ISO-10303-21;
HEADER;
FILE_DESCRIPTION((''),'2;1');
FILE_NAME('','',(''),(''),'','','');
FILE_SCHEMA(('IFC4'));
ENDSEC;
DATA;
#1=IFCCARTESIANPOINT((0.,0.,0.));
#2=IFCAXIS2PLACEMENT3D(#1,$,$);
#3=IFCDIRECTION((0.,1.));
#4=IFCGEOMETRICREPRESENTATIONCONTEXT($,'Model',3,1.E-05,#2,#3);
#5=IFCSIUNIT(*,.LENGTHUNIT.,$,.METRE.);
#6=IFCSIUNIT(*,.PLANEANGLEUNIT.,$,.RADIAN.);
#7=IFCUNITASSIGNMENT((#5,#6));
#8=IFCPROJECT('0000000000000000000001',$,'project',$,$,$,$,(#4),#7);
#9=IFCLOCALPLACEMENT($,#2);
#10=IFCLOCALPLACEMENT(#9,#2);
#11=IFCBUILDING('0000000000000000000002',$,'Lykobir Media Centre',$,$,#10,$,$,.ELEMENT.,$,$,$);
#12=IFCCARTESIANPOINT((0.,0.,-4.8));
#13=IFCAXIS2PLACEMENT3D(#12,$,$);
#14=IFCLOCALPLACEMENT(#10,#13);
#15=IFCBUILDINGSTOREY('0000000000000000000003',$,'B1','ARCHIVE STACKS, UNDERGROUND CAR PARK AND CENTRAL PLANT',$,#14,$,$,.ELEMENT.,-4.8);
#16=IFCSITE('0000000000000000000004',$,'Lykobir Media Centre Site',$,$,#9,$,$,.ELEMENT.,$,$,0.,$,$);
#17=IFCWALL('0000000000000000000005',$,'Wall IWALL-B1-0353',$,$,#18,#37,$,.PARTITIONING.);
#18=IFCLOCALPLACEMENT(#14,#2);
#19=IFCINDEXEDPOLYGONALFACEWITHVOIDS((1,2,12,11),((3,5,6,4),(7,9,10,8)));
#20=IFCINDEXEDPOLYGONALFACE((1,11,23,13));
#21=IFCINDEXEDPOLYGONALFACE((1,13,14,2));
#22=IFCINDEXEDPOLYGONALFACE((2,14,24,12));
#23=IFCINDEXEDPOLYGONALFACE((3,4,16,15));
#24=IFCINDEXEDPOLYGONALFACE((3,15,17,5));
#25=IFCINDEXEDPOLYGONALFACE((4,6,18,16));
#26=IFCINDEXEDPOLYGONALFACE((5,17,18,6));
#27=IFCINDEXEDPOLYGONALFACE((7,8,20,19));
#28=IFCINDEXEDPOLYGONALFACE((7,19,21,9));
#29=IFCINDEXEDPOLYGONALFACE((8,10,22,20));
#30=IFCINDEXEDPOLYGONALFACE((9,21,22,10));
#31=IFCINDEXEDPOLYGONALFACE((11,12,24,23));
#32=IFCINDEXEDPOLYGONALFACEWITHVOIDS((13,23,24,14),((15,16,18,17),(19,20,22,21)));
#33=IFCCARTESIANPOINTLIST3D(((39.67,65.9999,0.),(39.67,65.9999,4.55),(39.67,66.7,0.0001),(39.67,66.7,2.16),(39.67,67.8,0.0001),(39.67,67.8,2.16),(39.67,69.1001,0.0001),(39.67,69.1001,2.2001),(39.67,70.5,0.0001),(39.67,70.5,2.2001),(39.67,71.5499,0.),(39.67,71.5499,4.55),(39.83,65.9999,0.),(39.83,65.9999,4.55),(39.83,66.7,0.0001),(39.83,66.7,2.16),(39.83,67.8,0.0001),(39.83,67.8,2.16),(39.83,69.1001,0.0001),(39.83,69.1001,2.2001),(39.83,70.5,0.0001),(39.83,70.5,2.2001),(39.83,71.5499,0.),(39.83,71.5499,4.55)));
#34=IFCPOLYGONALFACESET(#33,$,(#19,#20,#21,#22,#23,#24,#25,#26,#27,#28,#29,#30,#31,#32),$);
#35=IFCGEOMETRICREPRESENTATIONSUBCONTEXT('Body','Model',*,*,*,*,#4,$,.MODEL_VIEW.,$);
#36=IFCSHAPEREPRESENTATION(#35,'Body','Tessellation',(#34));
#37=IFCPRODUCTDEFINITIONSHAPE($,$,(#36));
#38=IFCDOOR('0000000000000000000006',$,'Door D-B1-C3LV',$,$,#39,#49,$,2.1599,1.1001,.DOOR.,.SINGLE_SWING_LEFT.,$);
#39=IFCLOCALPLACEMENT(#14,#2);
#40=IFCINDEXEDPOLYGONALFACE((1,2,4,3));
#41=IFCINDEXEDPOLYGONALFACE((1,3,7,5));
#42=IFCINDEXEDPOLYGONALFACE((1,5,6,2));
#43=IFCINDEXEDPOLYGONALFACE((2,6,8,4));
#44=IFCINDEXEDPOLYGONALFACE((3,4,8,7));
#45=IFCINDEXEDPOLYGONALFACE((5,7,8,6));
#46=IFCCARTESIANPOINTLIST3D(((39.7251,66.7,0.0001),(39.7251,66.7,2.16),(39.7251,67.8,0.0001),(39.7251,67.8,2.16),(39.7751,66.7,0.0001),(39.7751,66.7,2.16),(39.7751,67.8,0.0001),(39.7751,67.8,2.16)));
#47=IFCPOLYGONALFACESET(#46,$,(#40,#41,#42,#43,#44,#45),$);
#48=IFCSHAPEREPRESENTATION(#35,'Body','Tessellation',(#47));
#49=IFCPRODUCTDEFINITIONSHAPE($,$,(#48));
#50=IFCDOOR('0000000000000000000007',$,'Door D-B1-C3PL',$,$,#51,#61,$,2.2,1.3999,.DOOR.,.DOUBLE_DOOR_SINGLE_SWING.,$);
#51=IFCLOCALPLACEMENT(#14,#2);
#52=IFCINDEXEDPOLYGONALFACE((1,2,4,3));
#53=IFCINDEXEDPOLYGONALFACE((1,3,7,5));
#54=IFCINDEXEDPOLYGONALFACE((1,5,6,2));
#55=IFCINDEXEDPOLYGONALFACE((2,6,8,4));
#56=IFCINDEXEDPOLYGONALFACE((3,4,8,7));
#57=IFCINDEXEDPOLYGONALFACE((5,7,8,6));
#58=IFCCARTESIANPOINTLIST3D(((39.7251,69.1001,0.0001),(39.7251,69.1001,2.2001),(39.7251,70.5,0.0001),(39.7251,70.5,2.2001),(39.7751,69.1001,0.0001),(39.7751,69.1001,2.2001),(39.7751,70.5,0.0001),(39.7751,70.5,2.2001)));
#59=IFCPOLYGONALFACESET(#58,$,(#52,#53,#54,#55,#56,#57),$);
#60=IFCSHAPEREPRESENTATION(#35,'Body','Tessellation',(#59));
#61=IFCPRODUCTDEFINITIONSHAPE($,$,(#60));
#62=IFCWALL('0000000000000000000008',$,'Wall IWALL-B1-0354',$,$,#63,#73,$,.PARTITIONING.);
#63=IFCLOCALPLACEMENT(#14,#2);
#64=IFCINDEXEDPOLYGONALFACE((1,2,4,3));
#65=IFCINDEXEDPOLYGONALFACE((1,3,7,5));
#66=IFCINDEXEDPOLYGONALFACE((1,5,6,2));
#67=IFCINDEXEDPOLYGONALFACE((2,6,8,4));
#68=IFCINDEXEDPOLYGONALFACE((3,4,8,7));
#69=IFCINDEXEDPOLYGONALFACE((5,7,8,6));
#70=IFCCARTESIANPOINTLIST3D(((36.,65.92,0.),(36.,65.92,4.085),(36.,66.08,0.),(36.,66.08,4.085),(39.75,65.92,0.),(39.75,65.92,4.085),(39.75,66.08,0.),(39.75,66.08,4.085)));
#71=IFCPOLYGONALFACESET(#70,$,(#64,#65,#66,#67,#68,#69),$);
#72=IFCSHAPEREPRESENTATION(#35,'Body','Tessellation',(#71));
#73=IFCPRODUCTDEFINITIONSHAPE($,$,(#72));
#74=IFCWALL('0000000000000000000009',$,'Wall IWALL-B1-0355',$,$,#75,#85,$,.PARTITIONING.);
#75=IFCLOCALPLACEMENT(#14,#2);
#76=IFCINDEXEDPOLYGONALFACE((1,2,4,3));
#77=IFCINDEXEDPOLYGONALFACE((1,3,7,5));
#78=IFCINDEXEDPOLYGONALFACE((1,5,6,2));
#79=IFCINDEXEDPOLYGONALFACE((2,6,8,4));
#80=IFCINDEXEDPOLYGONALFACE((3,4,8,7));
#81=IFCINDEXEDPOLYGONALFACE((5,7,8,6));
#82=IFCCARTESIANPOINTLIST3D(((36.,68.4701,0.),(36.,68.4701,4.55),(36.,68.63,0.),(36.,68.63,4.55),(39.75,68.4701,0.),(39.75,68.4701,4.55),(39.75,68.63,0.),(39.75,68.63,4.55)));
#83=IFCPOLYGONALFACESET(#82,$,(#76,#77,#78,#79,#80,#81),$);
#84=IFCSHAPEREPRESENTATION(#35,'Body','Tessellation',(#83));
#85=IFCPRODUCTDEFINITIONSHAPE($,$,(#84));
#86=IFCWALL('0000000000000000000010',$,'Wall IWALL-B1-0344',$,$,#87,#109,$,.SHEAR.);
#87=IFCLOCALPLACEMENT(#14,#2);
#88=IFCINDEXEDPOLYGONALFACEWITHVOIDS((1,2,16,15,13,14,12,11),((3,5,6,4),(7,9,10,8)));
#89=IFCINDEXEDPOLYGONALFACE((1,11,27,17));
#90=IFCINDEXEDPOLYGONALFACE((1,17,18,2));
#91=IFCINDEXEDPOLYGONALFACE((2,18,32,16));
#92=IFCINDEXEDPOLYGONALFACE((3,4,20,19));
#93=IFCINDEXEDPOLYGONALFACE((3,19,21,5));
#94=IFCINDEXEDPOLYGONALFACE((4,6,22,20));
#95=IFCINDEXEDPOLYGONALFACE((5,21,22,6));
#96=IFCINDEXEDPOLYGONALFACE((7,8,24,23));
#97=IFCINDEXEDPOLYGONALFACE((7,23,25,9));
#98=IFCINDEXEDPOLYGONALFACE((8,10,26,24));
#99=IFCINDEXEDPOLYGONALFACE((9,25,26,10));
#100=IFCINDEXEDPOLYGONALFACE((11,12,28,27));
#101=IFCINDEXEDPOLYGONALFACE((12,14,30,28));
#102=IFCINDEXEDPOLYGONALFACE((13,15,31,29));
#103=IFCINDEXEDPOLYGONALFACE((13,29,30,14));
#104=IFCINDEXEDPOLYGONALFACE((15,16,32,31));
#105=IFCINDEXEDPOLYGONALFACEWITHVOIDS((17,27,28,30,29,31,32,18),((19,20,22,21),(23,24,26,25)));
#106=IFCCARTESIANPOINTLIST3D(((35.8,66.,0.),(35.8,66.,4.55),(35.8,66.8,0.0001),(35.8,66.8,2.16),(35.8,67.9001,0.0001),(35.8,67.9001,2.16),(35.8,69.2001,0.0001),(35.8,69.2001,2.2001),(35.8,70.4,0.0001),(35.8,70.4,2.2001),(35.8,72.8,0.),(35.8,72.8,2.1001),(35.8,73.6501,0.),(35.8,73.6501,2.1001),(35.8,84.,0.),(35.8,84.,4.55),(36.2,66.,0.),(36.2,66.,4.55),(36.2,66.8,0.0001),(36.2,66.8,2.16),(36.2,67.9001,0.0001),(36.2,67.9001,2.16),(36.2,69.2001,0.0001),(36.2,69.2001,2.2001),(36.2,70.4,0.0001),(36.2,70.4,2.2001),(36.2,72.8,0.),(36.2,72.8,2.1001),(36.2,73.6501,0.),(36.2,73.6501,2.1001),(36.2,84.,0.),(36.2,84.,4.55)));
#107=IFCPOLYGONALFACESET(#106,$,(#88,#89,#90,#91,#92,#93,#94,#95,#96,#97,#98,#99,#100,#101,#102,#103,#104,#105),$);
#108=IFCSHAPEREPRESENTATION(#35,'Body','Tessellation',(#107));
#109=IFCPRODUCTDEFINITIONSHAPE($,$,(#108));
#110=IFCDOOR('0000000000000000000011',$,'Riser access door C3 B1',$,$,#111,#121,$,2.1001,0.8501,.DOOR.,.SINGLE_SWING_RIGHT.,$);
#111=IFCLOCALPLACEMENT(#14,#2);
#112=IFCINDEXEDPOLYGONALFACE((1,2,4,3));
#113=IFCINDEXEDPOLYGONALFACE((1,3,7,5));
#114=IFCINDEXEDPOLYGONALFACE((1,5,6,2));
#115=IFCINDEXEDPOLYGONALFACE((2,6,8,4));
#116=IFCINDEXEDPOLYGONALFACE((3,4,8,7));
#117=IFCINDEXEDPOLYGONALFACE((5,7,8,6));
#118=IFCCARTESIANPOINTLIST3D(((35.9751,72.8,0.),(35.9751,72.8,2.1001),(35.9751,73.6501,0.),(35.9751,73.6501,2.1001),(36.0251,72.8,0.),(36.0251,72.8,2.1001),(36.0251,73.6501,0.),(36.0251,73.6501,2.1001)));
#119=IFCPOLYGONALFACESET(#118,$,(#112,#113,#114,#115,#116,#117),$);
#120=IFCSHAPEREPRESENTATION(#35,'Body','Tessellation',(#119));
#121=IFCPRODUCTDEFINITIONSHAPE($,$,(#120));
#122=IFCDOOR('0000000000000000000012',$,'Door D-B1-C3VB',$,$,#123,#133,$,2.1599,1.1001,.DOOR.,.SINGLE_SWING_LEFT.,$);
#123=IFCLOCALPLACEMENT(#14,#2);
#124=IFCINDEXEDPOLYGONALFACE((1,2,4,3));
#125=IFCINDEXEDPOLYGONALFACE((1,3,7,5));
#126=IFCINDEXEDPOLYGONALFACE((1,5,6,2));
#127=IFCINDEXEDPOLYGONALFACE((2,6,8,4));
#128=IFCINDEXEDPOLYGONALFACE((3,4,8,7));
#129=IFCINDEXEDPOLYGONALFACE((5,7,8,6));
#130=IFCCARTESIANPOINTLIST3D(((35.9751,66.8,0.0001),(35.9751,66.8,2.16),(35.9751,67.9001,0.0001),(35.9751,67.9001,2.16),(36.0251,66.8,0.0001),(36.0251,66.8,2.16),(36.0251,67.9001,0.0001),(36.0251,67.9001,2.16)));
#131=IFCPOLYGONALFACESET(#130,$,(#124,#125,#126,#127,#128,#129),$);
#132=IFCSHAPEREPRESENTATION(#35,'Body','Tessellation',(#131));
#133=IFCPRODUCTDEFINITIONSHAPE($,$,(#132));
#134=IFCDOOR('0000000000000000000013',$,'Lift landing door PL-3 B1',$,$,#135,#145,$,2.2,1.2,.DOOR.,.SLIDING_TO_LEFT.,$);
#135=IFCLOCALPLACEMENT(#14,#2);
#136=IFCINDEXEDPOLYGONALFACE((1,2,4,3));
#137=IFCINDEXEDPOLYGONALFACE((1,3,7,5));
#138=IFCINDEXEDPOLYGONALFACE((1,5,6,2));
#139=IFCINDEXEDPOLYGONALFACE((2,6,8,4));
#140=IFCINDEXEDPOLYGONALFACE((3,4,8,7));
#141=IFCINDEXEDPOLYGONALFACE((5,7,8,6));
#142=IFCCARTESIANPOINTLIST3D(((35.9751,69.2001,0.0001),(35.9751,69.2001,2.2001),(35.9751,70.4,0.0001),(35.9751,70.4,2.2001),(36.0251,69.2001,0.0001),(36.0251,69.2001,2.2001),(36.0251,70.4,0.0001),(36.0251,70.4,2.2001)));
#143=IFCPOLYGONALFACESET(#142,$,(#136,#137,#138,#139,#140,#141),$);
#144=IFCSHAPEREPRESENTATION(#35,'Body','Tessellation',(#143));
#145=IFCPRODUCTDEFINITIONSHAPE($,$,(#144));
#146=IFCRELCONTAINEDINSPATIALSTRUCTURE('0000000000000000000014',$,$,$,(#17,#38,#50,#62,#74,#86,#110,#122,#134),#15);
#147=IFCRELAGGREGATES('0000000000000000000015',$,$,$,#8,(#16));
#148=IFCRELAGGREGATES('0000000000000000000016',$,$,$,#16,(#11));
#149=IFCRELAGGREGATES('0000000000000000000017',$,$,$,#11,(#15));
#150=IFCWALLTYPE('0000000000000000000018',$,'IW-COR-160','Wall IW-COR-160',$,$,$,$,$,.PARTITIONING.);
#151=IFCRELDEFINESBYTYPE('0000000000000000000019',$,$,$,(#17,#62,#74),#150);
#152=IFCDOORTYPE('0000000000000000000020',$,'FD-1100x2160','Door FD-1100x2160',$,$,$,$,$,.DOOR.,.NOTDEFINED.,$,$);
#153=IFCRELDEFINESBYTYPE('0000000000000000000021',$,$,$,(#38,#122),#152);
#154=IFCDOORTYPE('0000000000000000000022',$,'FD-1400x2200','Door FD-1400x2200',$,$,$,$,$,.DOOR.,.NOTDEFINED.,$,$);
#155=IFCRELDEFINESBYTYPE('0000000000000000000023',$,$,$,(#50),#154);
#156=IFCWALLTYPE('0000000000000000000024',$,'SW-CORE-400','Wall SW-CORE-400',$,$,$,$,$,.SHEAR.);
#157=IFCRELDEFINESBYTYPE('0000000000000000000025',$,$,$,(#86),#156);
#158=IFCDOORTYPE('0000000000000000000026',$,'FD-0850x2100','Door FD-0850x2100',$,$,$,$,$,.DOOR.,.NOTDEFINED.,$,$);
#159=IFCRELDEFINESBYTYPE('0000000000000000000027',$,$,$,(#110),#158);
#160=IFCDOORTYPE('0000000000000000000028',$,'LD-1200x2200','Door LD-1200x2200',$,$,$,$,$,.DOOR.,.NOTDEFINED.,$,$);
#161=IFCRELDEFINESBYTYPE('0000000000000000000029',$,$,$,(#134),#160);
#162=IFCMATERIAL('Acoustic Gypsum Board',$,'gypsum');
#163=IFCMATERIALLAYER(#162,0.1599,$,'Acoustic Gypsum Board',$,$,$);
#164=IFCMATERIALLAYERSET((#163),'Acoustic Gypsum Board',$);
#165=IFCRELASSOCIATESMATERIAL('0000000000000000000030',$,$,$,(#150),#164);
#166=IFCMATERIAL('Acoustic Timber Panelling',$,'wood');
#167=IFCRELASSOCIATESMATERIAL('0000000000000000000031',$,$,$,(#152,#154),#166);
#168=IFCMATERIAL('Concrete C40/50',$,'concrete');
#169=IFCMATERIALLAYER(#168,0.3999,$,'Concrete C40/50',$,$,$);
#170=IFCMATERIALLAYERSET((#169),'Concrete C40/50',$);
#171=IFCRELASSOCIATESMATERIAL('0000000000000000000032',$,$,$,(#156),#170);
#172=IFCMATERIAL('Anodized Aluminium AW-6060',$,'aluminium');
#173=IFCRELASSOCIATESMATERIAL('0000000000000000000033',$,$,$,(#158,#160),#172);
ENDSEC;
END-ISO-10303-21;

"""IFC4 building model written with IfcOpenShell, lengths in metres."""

from ifc_helpers import new_model, si_unit, direction, frame, frame_2d, origin, place, context, subcontext, project, spatial, rectangle, extrude, material, layer, layer_set, type_object, element, fill, save


model = new_model("IFC4")

# Units and contexts
model_context = context("Model", 3, precision=1e-05, world=origin(), true_north=direction((0.0, 1.0)))
body_context = subcontext(model_context, "Body", "Model", "MODEL_VIEW")
ifc_project = project(units=[si_unit("LENGTHUNIT", "METRE"), si_unit("PLANEANGLEUNIT", "RADIAN")], contexts=[model_context])

# Site, building, storey
site_placement = place(None, origin())
site = spatial("IfcSite", under=ifc_project, at=site_placement, Name="Lykobir Media Centre Site", CompositionType="ELEMENT", RefElevation=0.0)
building_placement = place(site_placement, origin())
building = spatial("IfcBuilding", under=site, at=building_placement, Name="Lykobir Media Centre", CompositionType="ELEMENT")
storey_placement = place(building_placement, frame((0.0, 0.0, -4.8)))
storey = spatial("IfcBuildingStorey", under=building, at=storey_placement, Name="B1", Description="ARCHIVE STACKS, UNDERGROUND CAR PARK AND CENTRAL PLANT", CompositionType="ELEMENT", Elevation=-4.8)

# Shared definitions
ifc_material_1 = material(Name="Concrete C40/50", Category="concrete")

# Wall, openings, doors
ifc_material_2 = material(Name="Acoustic Gypsum Board", Category="gypsum")
ifc_layer_1 = layer(ifc_material_2, 0.1599, Name="Acoustic Gypsum Board")
ifc_layer_set_1 = layer_set([ifc_layer_1], Name="Acoustic Gypsum Board")
wall_type_1 = type_object("IfcWallType", Name="IW-COR-160", Description="Wall IW-COR-160", PredefinedType="PARTITIONING", material=ifc_layer_set_1)
wall_1_placement = place(storey_placement, frame((39.75, 66.0, 0.0), z_axis=(0.0, 0.0, 1.0), x_axis=(0.0, 1.0, 0.0)))
wall_1 = element("IfcWall", 1, at=wall_1_placement, inside=storey, type_object=wall_type_1, Name="Wall IWALL-B1-0353", PredefinedType="PARTITIONING", context=body_context, shape_type="SweptSolid", body=[
    extrude(rectangle(XDim=5.55, YDim=0.1599, at=frame_2d((2.7749, 0.0))), origin(), (0.0, 0.0, 1.0), 4.55),
])
opening_1_placement = place(wall_1_placement, frame((0.7, 0.0, 0.0)))
opening_1 = element("IfcOpeningElement", 2, at=opening_1_placement, cuts=wall_1, PredefinedType="OPENING", context=body_context, shape_type="SweptSolid", body=[
    extrude(rectangle(XDim=1.1001, YDim=2.1599, at=frame_2d((0.55, 1.0801))), frame((0.0, 0.0898, 0.0), z_axis=(0.0, -1.0, 0.0), x_axis=(1.0, 0.0, 0.0)), (0.0, 0.0, 1.0), 0.1799),
])
opening_2_placement = place(wall_1_placement, frame((3.1001, 0.0, 0.0)))
opening_2 = element("IfcOpeningElement", 3, at=opening_2_placement, cuts=wall_1, PredefinedType="OPENING", context=body_context, shape_type="SweptSolid", body=[
    extrude(rectangle(XDim=1.3999, YDim=2.2, at=frame_2d((0.7, 1.1001))), frame((0.0, 0.0898, 0.0), z_axis=(0.0, -1.0, 0.0), x_axis=(1.0, 0.0, 0.0)), (0.0, 0.0, 1.0), 0.1799),
])
ifc_material_3 = material(Name="Acoustic Timber Panelling", Category="wood")
door_type_1 = type_object("IfcDoorType", Name="FD-1100x2160", Description="Door FD-1100x2160", OperationType="NOTDEFINED", PredefinedType="DOOR", material=ifc_material_3)
door_1_placement = place(opening_1_placement, origin())
door_1 = element("IfcDoor", 4, at=door_1_placement, inside=storey, type_object=door_type_1, Name="Door D-B1-C3LV", OperationType="SINGLE_SWING_LEFT", OverallHeight=2.1599, OverallWidth=1.1001, PredefinedType="DOOR", context=body_context, shape_type="SweptSolid", body=[
    extrude(rectangle(XDim=1.1001, YDim=2.1599, at=frame_2d((0.55, 1.0801))), frame((0.0, 0.0249, 0.0), z_axis=(0.0, -1.0, 0.0), x_axis=(1.0, 0.0, 0.0)), (0.0, 0.0, 1.0), 0.05),
])
fill(opening_1, door_1)
door_type_2 = type_object("IfcDoorType", Name="FD-1400x2200", Description="Door FD-1400x2200", OperationType="NOTDEFINED", PredefinedType="DOOR", material=ifc_material_3)
door_2_placement = place(opening_2_placement, origin())
door_2 = element("IfcDoor", 5, at=door_2_placement, inside=storey, type_object=door_type_2, Name="Door D-B1-C3PL", OperationType="DOUBLE_DOOR_SINGLE_SWING", OverallHeight=2.2, OverallWidth=1.3999, PredefinedType="DOOR", context=body_context, shape_type="SweptSolid", body=[
    extrude(rectangle(XDim=1.3999, YDim=2.2, at=frame_2d((0.7, 1.1001))), frame((0.0, 0.0249, 0.0), z_axis=(0.0, -1.0, 0.0), x_axis=(1.0, 0.0, 0.0)), (0.0, 0.0, 1.0), 0.05),
])
fill(opening_2, door_2)

# Walls
wall_2_placement = place(storey_placement, frame((36.0, 66.0, 0.0), z_axis=(0.0, 0.0, 1.0), x_axis=(1.0, 0.0, 0.0)))
element("IfcWall", 6, at=wall_2_placement, inside=storey, type_object=wall_type_1, Name="Wall IWALL-B1-0354", PredefinedType="PARTITIONING", context=body_context, shape_type="SweptSolid", body=[
    extrude(rectangle(XDim=3.75, YDim=0.1599, at=frame_2d((1.875, 0.0))), origin(), (0.0, 0.0, 1.0), 4.085),
])
wall_3_placement = place(storey_placement, frame((36.0, 68.55, 0.0), z_axis=(0.0, 0.0, 1.0), x_axis=(1.0, 0.0, 0.0)))
element("IfcWall", 7, at=wall_3_placement, inside=storey, type_object=wall_type_1, Name="Wall IWALL-B1-0355", PredefinedType="PARTITIONING", context=body_context, shape_type="SweptSolid", body=[
    extrude(rectangle(XDim=3.75, YDim=0.1599, at=frame_2d((1.875, 0.0))), origin(), (0.0, 0.0, 1.0), 4.55),
])

# Wall, openings, doors
ifc_layer_2 = layer(ifc_material_1, 0.3999, Name="Concrete C40/50")
ifc_layer_set_2 = layer_set([ifc_layer_2], Name="Concrete C40/50")
wall_type_2 = type_object("IfcWallType", Name="SW-CORE-400", Description="Wall SW-CORE-400", PredefinedType="SHEAR", material=ifc_layer_set_2)
wall_4_placement = place(storey_placement, frame((36.0, 66.0, 0.0), z_axis=(0.0, 0.0, 1.0), x_axis=(0.0, 1.0, 0.0)))
wall_4 = element("IfcWall", 8, at=wall_4_placement, inside=storey, type_object=wall_type_2, Name="Wall IWALL-B1-0344", PredefinedType="SHEAR", context=body_context, shape_type="SweptSolid", body=[
    extrude(rectangle(XDim=18.0, YDim=0.3999, at=frame_2d((9.0, 0.0))), origin(), (0.0, 0.0, 1.0), 4.55),
])
opening_3_placement = place(wall_4_placement, frame((0.8, 0.0, 0.0)))
opening_3 = element("IfcOpeningElement", 9, at=opening_3_placement, cuts=wall_4, PredefinedType="OPENING", context=body_context, shape_type="SweptSolid", body=[
    extrude(rectangle(XDim=1.1001, YDim=2.1599, at=frame_2d((0.55, 1.0801))), frame((0.0, 0.21, 0.0), z_axis=(0.0, -1.0, 0.0), x_axis=(1.0, 0.0, 0.0)), (0.0, 0.0, 1.0), 0.4199),
])
opening_4_placement = place(wall_4_placement, frame((3.2, 0.0, 0.0)))
opening_4 = element("IfcOpeningElement", 10, at=opening_4_placement, cuts=wall_4, PredefinedType="OPENING", context=body_context, shape_type="SweptSolid", body=[
    extrude(rectangle(XDim=1.2, YDim=2.2, at=frame_2d((0.6001, 1.1001))), frame((0.0, 0.21, 0.0), z_axis=(0.0, -1.0, 0.0), x_axis=(1.0, 0.0, 0.0)), (0.0, 0.0, 1.0), 0.4199),
])
opening_5_placement = place(wall_4_placement, frame((6.8, 0.0, 0.0)))
opening_5 = element("IfcOpeningElement", 11, at=opening_5_placement, cuts=wall_4, PredefinedType="OPENING", context=body_context, shape_type="SweptSolid", body=[
    extrude(rectangle(XDim=0.8501, YDim=2.1001, at=frame_2d((0.425, 1.05))), frame((0.0, 0.21, 0.0), z_axis=(0.0, -1.0, 0.0), x_axis=(1.0, 0.0, 0.0)), (0.0, 0.0, 1.0), 0.4199),
])
ifc_material_4 = material(Name="Anodized Aluminium AW-6060", Category="aluminium")
door_type_3 = type_object("IfcDoorType", Name="FD-0850x2100", Description="Door FD-0850x2100", OperationType="NOTDEFINED", PredefinedType="DOOR", material=ifc_material_4)
door_3_placement = place(opening_5_placement, origin())
door_3 = element("IfcDoor", 12, at=door_3_placement, inside=storey, type_object=door_type_3, Name="Riser access door C3 B1", OperationType="SINGLE_SWING_RIGHT", OverallHeight=2.1001, OverallWidth=0.8501, PredefinedType="DOOR", context=body_context, shape_type="SweptSolid", body=[
    extrude(rectangle(XDim=0.8501, YDim=2.1001, at=frame_2d((0.425, 1.05))), frame((0.0, 0.0249, 0.0), z_axis=(0.0, -1.0, 0.0), x_axis=(1.0, 0.0, 0.0)), (0.0, 0.0, 1.0), 0.05),
])
fill(opening_5, door_3)
door_4_placement = place(opening_3_placement, origin())
door_4 = element("IfcDoor", 13, at=door_4_placement, inside=storey, type_object=door_type_1, Name="Door D-B1-C3VB", OperationType="SINGLE_SWING_LEFT", OverallHeight=2.1599, OverallWidth=1.1001, PredefinedType="DOOR", context=body_context, shape_type="SweptSolid", body=[
    extrude(rectangle(XDim=1.1001, YDim=2.1599, at=frame_2d((0.55, 1.0801))), frame((0.0, 0.0249, 0.0), z_axis=(0.0, -1.0, 0.0), x_axis=(1.0, 0.0, 0.0)), (0.0, 0.0, 1.0), 0.05),
])
fill(opening_3, door_4)
door_type_4 = type_object("IfcDoorType", Name="LD-1200x2200", Description="Door LD-1200x2200", OperationType="NOTDEFINED", PredefinedType="DOOR", material=ifc_material_4)
door_5_placement = place(opening_4_placement, origin())
door_5 = element("IfcDoor", 14, at=door_5_placement, inside=storey, type_object=door_type_4, Name="Lift landing door PL-3 B1", OperationType="SLIDING_TO_LEFT", OverallHeight=2.2, OverallWidth=1.2, PredefinedType="DOOR", context=body_context, shape_type="SweptSolid", body=[
    extrude(rectangle(XDim=1.2, YDim=2.2, at=frame_2d((0.6001, 1.1001))), frame((0.0, 0.0249, 0.0), z_axis=(0.0, -1.0, 0.0), x_axis=(1.0, 0.0, 0.0)), (0.0, 0.0, 1.0), 0.05),
])
fill(opening_4, door_5)

save(model, "model.ifc")
